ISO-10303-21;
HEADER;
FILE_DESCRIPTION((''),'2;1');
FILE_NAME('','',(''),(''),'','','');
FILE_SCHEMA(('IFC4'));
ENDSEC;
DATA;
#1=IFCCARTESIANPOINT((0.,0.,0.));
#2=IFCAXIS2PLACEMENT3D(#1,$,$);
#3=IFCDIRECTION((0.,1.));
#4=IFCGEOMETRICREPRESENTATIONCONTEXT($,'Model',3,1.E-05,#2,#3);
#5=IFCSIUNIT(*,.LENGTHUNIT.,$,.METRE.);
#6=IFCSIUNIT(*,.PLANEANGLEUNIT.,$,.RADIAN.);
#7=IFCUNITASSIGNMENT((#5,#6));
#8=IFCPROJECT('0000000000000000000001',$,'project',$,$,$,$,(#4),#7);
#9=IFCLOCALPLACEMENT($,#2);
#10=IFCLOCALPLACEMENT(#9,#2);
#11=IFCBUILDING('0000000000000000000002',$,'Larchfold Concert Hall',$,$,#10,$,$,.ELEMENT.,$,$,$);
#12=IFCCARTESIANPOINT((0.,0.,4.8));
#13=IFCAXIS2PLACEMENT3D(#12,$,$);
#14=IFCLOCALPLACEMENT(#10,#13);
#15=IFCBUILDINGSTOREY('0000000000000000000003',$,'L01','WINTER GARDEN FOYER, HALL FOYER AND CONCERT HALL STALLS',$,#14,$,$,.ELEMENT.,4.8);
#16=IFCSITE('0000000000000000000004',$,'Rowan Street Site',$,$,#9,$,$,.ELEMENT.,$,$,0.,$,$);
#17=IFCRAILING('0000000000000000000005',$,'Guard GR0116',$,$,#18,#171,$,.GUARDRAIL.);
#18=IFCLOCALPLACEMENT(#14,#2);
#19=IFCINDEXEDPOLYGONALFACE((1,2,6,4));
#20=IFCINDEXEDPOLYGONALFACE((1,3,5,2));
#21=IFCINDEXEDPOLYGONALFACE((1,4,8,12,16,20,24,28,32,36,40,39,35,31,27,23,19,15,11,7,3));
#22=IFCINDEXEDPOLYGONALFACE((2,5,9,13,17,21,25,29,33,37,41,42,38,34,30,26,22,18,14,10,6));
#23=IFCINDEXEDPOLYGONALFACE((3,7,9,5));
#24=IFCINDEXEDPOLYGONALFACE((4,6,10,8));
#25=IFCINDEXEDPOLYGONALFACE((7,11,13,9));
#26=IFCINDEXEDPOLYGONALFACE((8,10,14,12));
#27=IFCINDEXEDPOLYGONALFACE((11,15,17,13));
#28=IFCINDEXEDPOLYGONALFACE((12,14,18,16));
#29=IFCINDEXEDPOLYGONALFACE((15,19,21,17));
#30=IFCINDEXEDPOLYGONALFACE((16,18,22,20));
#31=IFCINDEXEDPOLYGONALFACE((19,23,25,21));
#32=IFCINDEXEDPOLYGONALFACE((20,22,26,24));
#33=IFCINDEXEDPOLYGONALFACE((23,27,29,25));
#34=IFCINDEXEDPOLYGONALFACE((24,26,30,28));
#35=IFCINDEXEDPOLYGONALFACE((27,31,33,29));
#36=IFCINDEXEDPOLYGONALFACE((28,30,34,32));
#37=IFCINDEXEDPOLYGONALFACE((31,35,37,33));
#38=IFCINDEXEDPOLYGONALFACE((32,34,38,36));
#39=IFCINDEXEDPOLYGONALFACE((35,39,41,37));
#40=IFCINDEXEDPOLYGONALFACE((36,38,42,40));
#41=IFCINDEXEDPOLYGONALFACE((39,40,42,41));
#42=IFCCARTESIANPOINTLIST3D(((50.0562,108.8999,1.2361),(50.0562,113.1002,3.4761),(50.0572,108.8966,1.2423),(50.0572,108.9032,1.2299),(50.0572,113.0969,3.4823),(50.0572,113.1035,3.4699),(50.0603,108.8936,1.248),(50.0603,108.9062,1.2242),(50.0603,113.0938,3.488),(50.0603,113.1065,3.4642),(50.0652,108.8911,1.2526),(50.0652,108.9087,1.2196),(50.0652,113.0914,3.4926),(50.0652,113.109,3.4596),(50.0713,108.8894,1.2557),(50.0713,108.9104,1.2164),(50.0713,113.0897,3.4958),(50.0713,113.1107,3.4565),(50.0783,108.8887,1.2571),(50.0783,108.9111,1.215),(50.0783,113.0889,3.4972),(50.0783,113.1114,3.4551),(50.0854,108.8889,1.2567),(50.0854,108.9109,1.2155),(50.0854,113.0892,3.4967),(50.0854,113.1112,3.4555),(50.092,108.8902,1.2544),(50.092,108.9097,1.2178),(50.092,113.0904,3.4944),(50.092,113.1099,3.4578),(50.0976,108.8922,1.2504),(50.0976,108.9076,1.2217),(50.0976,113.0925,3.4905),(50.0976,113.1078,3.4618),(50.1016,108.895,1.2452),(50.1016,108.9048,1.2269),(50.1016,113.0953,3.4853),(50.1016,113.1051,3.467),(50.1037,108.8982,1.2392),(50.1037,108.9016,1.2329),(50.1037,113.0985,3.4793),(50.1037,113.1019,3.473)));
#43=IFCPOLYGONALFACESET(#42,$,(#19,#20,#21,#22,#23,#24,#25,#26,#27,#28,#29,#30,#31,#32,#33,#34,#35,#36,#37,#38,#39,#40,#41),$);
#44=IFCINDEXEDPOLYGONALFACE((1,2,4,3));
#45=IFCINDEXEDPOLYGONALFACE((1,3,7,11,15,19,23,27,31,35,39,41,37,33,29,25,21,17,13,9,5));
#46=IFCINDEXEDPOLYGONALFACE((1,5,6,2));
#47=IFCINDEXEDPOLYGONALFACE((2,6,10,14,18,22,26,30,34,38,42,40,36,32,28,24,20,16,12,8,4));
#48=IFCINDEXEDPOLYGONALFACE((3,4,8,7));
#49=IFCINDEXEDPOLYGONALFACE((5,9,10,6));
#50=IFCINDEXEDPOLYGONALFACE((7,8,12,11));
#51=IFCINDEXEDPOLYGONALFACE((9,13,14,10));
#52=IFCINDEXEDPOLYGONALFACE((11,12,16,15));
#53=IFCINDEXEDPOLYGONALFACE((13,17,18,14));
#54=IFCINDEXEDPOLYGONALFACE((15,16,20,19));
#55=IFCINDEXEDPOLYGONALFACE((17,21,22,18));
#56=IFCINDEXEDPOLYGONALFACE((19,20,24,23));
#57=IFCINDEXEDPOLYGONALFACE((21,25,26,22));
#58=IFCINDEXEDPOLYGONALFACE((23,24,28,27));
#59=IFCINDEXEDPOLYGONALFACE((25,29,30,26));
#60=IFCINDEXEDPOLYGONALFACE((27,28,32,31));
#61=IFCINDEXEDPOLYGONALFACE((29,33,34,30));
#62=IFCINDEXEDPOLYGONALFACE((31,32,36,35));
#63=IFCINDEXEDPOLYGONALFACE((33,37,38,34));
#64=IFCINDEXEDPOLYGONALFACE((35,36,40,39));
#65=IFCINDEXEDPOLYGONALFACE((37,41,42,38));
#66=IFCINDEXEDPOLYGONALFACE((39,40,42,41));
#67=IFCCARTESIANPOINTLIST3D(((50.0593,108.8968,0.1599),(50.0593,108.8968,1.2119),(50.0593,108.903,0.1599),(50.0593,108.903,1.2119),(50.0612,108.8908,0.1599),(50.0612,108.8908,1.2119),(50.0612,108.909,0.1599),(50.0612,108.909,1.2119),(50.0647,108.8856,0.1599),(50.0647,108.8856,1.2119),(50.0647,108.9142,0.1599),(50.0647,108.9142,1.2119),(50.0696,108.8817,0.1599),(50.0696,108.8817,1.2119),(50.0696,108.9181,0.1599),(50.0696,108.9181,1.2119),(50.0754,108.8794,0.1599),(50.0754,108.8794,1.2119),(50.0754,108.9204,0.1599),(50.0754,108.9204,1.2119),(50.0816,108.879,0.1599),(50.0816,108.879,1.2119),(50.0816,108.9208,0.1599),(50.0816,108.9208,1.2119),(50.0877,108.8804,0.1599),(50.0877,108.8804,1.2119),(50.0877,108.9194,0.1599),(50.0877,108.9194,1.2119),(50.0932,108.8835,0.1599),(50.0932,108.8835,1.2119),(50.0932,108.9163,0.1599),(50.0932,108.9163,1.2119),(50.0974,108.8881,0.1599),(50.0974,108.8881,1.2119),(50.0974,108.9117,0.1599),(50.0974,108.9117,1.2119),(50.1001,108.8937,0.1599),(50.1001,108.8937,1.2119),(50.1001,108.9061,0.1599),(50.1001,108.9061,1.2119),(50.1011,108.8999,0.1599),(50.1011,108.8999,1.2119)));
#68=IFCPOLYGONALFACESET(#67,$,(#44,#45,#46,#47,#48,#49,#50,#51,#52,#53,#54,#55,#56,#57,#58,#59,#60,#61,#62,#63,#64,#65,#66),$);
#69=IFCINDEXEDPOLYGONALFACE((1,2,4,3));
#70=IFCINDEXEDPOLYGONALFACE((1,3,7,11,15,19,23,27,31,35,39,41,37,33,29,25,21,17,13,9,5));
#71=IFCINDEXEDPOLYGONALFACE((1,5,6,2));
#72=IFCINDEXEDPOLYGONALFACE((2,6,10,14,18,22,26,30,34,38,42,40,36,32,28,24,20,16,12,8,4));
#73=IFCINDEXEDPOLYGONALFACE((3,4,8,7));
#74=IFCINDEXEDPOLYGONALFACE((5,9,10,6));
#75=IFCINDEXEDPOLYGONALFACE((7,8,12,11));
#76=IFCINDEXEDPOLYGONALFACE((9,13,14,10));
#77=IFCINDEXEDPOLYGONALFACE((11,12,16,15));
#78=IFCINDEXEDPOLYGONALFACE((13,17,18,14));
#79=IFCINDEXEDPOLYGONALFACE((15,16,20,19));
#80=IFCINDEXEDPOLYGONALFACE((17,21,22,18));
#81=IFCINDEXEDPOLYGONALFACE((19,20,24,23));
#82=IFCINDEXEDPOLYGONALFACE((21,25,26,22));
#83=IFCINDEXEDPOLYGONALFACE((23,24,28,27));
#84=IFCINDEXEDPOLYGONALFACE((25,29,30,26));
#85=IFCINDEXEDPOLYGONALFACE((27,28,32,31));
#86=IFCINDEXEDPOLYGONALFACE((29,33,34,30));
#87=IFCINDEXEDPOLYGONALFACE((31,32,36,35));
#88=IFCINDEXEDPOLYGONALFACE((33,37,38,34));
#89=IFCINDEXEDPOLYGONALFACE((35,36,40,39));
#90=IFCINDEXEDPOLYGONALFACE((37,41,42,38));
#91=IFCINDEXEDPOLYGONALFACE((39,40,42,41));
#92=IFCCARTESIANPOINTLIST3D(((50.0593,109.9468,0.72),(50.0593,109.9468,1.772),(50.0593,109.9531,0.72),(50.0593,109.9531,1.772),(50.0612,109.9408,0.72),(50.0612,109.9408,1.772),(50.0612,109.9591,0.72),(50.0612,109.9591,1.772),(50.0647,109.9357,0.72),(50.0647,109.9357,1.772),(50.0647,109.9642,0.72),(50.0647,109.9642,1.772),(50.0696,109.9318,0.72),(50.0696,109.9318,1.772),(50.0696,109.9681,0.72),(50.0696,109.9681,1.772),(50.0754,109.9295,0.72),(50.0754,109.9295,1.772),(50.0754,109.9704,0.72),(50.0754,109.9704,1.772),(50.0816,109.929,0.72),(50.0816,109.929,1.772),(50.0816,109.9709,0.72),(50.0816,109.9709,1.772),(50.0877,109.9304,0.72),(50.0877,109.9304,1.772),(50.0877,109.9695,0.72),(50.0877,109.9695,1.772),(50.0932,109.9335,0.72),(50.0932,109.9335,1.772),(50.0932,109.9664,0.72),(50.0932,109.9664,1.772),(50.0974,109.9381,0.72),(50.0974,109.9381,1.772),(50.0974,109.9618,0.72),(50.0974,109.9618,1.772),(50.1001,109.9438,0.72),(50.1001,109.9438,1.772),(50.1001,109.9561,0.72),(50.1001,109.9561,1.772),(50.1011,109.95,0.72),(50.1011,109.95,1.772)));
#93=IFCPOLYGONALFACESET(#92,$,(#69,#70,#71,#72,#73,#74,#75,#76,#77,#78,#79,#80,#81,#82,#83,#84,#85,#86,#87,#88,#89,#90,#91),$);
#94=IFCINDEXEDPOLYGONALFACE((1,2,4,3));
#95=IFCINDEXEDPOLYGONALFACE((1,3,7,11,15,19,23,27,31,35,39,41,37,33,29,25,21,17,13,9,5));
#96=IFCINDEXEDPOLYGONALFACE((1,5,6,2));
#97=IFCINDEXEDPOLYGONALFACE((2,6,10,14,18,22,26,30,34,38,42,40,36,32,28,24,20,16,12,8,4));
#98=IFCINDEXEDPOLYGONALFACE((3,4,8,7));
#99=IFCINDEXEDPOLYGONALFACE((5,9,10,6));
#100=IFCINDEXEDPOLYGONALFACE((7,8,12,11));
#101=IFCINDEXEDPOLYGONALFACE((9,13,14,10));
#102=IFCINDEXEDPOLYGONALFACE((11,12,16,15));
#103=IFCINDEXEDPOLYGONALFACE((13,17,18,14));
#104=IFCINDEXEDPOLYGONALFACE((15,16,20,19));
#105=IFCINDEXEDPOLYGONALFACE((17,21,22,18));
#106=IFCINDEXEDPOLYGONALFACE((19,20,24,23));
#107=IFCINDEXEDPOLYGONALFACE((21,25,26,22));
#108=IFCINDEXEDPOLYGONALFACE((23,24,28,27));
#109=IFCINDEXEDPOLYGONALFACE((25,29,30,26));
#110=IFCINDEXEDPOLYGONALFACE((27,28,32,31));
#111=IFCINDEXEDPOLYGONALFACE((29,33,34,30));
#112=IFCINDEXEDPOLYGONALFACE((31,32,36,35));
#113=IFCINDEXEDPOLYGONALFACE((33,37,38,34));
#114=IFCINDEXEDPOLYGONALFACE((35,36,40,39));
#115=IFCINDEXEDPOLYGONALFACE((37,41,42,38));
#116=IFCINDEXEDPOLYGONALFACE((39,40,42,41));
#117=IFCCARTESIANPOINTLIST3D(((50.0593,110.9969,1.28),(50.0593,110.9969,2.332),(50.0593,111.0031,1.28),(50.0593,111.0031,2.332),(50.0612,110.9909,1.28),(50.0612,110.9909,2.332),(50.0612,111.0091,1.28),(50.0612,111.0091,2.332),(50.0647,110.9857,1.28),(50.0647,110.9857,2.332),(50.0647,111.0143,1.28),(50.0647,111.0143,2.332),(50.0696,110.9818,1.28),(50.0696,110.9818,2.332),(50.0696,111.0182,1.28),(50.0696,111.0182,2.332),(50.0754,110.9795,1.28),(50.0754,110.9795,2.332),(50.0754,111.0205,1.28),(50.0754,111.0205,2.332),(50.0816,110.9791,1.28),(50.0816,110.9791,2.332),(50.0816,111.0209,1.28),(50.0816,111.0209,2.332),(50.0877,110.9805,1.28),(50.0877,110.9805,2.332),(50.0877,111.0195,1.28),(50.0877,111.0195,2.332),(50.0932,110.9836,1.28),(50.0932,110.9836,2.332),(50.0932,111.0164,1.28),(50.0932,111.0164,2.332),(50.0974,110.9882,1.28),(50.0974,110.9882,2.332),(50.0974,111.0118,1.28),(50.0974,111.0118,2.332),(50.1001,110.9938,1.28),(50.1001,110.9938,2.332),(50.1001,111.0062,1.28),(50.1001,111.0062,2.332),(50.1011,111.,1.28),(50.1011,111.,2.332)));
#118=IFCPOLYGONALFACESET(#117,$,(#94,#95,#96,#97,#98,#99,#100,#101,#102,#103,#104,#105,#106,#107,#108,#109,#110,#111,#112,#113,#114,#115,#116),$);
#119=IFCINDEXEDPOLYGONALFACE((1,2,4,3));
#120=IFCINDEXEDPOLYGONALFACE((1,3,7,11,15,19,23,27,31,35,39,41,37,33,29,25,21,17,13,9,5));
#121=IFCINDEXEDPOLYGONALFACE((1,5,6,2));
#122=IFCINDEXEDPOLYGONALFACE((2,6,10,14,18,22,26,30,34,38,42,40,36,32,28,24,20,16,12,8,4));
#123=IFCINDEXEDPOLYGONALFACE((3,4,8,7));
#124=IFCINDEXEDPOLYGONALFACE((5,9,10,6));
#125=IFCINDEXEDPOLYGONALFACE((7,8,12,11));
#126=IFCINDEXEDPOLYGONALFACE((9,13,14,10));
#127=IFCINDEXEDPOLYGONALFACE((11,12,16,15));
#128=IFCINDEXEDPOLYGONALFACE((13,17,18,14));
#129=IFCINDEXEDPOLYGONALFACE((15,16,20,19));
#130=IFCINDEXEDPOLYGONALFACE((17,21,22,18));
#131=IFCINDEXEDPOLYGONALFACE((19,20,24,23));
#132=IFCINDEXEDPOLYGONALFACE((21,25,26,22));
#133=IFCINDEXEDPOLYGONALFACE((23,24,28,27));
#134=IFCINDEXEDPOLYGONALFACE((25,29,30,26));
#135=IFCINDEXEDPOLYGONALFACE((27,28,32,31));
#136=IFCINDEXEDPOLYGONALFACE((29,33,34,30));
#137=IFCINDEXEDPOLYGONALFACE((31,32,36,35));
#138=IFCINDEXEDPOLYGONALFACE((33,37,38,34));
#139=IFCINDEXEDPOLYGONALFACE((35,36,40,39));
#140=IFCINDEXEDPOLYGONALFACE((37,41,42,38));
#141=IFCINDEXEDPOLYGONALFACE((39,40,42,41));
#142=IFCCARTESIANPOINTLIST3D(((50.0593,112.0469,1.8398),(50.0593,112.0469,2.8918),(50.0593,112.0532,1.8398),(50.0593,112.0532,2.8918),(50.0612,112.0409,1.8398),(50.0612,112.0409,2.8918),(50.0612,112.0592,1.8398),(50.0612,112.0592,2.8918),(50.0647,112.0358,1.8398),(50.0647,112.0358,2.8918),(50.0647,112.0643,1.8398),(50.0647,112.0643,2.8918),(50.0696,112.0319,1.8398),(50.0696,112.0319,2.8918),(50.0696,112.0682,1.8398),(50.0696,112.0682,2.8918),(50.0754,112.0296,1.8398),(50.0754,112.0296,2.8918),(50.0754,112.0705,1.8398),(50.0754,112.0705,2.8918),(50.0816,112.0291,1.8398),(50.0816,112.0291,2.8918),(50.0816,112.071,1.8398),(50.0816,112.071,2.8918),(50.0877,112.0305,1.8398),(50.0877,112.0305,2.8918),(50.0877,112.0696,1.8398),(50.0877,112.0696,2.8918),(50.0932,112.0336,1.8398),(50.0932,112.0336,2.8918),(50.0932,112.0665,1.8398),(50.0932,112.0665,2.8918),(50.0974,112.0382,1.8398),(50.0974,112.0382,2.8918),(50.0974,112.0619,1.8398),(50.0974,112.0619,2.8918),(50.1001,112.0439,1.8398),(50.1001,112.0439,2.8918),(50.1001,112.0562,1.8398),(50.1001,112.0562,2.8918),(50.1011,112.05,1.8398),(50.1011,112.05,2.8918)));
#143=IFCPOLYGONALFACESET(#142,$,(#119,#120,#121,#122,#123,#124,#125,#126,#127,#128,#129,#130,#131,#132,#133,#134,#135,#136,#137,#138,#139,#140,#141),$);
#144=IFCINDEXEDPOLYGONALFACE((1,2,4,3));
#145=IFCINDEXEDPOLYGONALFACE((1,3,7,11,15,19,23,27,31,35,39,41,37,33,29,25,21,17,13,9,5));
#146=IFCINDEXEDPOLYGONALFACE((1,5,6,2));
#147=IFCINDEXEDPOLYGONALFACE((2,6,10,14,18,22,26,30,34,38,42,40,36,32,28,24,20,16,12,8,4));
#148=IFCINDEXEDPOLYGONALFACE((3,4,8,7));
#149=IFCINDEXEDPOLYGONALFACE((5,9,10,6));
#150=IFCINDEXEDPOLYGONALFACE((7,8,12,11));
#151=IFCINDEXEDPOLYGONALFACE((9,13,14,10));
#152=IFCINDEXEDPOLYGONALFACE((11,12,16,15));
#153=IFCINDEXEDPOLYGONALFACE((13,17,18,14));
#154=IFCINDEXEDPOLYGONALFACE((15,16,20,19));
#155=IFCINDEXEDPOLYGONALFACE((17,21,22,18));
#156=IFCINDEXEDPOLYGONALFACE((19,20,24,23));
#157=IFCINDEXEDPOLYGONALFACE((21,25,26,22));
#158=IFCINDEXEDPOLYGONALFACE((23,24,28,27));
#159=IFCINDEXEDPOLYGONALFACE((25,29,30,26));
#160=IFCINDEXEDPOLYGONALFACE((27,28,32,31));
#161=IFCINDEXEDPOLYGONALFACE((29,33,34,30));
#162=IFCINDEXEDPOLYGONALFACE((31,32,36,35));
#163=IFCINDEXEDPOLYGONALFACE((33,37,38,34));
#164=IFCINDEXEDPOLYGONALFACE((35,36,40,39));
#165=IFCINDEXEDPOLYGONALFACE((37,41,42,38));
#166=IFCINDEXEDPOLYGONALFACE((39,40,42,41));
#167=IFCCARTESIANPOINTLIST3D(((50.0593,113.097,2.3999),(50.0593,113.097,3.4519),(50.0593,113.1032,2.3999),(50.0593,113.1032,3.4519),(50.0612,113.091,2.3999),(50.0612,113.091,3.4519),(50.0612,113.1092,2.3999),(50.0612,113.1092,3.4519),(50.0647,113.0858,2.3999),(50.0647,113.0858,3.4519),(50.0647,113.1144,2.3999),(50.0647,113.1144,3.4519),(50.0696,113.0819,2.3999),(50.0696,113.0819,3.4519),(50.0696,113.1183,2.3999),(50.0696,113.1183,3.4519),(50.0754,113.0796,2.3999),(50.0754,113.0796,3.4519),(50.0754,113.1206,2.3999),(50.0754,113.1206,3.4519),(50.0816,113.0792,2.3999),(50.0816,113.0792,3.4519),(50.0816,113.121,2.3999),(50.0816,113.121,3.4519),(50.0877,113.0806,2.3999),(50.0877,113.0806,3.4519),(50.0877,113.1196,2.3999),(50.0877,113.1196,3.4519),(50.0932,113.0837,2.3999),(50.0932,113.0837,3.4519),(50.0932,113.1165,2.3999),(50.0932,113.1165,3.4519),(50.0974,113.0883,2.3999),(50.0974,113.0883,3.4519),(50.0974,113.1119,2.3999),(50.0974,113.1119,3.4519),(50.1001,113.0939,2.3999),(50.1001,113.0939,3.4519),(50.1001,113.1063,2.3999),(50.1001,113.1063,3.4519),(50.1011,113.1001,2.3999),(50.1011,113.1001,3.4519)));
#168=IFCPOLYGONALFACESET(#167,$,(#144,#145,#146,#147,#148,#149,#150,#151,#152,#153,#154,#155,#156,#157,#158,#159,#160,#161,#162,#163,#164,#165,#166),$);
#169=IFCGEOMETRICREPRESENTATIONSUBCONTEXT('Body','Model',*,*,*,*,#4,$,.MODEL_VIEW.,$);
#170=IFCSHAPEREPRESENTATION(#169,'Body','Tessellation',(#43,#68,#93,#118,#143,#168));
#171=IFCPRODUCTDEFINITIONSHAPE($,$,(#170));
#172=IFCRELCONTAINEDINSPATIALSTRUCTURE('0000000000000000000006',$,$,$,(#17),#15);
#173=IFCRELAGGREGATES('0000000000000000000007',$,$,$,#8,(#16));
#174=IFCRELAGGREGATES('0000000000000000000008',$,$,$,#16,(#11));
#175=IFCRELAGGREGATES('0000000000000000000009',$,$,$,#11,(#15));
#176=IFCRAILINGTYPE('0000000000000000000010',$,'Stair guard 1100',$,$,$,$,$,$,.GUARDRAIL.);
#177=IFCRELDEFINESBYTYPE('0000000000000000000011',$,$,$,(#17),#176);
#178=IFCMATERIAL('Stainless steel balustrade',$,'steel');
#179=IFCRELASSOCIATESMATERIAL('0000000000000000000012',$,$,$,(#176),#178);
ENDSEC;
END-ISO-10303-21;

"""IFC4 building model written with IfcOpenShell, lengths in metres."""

from ifc_helpers import new_model, si_unit, direction, frame, origin, origin_2d, place, context, subcontext, project, spatial, circle, extrude, material, type_object, element, save


model = new_model("IFC4")

# Units and contexts
model_context = context("Model", 3, precision=1e-05, world=origin(), true_north=direction((0.0, 1.0)))
body_context = subcontext(model_context, "Body", "Model", "MODEL_VIEW")
ifc_project = project(units=[si_unit("LENGTHUNIT", "METRE"), si_unit("PLANEANGLEUNIT", "RADIAN")], contexts=[model_context])

# Site, building, storey
site_placement = place(None, origin())
site = spatial("IfcSite", under=ifc_project, at=site_placement, Name="Rowan Street Site", CompositionType="ELEMENT", RefElevation=0.0)
building_placement = place(site_placement, origin())
building = spatial("IfcBuilding", under=site, at=building_placement, Name="Larchfold Concert Hall", CompositionType="ELEMENT")
storey_placement = place(building_placement, frame((0.0, 0.0, 4.8)))
storey = spatial("IfcBuildingStorey", under=building, at=storey_placement, Name="L01", Description="WINTER GARDEN FOYER, HALL FOYER AND CONCERT HALL STALLS", CompositionType="ELEMENT", Elevation=4.8)

# Railing
ifc_material_1 = material(Name="Stainless steel balustrade", Category="steel")
railing_type_1 = type_object("IfcRailingType", Name="Stair guard 1100", PredefinedType="GUARDRAIL", material=ifc_material_1)
railing_1_placement = place(storey_placement, frame((50.0801, 108.8999, 0.1599)))
element("IfcRailing", 1, at=railing_1_placement, inside=storey, type_object=railing_type_1, Name="Guard GR0116", PredefinedType="GUARDRAIL", context=body_context, shape_type="SweptSolid", body=[
    extrude(circle(Radius=0.0239, at=origin_2d()), frame((0.0, 0.0, 1.0762), z_axis=(0.0, 0.882363, 0.47057), x_axis=(-1.0, 0.0, 0.0)), (0.0, 0.0, 1.0), 4.7603),
    extrude(circle(Radius=0.021, at=origin_2d()), origin(), (0.0, 0.0, 1.0), 1.052),
    extrude(circle(Radius=0.021, at=origin_2d()), frame((0.0, 1.05, 0.5601)), (0.0, 0.0, 1.0), 1.052),
    extrude(circle(Radius=0.021, at=origin_2d()), frame((0.0, 2.1001, 1.1201)), (0.0, 0.0, 1.0), 1.052),
    extrude(circle(Radius=0.021, at=origin_2d()), frame((0.0, 3.1501, 1.6799)), (0.0, 0.0, 1.0), 1.052),
    extrude(circle(Radius=0.021, at=origin_2d()), frame((0.0, 4.2002, 2.24)), (0.0, 0.0, 1.0), 1.052),
])

save(model, "model.ifc")
